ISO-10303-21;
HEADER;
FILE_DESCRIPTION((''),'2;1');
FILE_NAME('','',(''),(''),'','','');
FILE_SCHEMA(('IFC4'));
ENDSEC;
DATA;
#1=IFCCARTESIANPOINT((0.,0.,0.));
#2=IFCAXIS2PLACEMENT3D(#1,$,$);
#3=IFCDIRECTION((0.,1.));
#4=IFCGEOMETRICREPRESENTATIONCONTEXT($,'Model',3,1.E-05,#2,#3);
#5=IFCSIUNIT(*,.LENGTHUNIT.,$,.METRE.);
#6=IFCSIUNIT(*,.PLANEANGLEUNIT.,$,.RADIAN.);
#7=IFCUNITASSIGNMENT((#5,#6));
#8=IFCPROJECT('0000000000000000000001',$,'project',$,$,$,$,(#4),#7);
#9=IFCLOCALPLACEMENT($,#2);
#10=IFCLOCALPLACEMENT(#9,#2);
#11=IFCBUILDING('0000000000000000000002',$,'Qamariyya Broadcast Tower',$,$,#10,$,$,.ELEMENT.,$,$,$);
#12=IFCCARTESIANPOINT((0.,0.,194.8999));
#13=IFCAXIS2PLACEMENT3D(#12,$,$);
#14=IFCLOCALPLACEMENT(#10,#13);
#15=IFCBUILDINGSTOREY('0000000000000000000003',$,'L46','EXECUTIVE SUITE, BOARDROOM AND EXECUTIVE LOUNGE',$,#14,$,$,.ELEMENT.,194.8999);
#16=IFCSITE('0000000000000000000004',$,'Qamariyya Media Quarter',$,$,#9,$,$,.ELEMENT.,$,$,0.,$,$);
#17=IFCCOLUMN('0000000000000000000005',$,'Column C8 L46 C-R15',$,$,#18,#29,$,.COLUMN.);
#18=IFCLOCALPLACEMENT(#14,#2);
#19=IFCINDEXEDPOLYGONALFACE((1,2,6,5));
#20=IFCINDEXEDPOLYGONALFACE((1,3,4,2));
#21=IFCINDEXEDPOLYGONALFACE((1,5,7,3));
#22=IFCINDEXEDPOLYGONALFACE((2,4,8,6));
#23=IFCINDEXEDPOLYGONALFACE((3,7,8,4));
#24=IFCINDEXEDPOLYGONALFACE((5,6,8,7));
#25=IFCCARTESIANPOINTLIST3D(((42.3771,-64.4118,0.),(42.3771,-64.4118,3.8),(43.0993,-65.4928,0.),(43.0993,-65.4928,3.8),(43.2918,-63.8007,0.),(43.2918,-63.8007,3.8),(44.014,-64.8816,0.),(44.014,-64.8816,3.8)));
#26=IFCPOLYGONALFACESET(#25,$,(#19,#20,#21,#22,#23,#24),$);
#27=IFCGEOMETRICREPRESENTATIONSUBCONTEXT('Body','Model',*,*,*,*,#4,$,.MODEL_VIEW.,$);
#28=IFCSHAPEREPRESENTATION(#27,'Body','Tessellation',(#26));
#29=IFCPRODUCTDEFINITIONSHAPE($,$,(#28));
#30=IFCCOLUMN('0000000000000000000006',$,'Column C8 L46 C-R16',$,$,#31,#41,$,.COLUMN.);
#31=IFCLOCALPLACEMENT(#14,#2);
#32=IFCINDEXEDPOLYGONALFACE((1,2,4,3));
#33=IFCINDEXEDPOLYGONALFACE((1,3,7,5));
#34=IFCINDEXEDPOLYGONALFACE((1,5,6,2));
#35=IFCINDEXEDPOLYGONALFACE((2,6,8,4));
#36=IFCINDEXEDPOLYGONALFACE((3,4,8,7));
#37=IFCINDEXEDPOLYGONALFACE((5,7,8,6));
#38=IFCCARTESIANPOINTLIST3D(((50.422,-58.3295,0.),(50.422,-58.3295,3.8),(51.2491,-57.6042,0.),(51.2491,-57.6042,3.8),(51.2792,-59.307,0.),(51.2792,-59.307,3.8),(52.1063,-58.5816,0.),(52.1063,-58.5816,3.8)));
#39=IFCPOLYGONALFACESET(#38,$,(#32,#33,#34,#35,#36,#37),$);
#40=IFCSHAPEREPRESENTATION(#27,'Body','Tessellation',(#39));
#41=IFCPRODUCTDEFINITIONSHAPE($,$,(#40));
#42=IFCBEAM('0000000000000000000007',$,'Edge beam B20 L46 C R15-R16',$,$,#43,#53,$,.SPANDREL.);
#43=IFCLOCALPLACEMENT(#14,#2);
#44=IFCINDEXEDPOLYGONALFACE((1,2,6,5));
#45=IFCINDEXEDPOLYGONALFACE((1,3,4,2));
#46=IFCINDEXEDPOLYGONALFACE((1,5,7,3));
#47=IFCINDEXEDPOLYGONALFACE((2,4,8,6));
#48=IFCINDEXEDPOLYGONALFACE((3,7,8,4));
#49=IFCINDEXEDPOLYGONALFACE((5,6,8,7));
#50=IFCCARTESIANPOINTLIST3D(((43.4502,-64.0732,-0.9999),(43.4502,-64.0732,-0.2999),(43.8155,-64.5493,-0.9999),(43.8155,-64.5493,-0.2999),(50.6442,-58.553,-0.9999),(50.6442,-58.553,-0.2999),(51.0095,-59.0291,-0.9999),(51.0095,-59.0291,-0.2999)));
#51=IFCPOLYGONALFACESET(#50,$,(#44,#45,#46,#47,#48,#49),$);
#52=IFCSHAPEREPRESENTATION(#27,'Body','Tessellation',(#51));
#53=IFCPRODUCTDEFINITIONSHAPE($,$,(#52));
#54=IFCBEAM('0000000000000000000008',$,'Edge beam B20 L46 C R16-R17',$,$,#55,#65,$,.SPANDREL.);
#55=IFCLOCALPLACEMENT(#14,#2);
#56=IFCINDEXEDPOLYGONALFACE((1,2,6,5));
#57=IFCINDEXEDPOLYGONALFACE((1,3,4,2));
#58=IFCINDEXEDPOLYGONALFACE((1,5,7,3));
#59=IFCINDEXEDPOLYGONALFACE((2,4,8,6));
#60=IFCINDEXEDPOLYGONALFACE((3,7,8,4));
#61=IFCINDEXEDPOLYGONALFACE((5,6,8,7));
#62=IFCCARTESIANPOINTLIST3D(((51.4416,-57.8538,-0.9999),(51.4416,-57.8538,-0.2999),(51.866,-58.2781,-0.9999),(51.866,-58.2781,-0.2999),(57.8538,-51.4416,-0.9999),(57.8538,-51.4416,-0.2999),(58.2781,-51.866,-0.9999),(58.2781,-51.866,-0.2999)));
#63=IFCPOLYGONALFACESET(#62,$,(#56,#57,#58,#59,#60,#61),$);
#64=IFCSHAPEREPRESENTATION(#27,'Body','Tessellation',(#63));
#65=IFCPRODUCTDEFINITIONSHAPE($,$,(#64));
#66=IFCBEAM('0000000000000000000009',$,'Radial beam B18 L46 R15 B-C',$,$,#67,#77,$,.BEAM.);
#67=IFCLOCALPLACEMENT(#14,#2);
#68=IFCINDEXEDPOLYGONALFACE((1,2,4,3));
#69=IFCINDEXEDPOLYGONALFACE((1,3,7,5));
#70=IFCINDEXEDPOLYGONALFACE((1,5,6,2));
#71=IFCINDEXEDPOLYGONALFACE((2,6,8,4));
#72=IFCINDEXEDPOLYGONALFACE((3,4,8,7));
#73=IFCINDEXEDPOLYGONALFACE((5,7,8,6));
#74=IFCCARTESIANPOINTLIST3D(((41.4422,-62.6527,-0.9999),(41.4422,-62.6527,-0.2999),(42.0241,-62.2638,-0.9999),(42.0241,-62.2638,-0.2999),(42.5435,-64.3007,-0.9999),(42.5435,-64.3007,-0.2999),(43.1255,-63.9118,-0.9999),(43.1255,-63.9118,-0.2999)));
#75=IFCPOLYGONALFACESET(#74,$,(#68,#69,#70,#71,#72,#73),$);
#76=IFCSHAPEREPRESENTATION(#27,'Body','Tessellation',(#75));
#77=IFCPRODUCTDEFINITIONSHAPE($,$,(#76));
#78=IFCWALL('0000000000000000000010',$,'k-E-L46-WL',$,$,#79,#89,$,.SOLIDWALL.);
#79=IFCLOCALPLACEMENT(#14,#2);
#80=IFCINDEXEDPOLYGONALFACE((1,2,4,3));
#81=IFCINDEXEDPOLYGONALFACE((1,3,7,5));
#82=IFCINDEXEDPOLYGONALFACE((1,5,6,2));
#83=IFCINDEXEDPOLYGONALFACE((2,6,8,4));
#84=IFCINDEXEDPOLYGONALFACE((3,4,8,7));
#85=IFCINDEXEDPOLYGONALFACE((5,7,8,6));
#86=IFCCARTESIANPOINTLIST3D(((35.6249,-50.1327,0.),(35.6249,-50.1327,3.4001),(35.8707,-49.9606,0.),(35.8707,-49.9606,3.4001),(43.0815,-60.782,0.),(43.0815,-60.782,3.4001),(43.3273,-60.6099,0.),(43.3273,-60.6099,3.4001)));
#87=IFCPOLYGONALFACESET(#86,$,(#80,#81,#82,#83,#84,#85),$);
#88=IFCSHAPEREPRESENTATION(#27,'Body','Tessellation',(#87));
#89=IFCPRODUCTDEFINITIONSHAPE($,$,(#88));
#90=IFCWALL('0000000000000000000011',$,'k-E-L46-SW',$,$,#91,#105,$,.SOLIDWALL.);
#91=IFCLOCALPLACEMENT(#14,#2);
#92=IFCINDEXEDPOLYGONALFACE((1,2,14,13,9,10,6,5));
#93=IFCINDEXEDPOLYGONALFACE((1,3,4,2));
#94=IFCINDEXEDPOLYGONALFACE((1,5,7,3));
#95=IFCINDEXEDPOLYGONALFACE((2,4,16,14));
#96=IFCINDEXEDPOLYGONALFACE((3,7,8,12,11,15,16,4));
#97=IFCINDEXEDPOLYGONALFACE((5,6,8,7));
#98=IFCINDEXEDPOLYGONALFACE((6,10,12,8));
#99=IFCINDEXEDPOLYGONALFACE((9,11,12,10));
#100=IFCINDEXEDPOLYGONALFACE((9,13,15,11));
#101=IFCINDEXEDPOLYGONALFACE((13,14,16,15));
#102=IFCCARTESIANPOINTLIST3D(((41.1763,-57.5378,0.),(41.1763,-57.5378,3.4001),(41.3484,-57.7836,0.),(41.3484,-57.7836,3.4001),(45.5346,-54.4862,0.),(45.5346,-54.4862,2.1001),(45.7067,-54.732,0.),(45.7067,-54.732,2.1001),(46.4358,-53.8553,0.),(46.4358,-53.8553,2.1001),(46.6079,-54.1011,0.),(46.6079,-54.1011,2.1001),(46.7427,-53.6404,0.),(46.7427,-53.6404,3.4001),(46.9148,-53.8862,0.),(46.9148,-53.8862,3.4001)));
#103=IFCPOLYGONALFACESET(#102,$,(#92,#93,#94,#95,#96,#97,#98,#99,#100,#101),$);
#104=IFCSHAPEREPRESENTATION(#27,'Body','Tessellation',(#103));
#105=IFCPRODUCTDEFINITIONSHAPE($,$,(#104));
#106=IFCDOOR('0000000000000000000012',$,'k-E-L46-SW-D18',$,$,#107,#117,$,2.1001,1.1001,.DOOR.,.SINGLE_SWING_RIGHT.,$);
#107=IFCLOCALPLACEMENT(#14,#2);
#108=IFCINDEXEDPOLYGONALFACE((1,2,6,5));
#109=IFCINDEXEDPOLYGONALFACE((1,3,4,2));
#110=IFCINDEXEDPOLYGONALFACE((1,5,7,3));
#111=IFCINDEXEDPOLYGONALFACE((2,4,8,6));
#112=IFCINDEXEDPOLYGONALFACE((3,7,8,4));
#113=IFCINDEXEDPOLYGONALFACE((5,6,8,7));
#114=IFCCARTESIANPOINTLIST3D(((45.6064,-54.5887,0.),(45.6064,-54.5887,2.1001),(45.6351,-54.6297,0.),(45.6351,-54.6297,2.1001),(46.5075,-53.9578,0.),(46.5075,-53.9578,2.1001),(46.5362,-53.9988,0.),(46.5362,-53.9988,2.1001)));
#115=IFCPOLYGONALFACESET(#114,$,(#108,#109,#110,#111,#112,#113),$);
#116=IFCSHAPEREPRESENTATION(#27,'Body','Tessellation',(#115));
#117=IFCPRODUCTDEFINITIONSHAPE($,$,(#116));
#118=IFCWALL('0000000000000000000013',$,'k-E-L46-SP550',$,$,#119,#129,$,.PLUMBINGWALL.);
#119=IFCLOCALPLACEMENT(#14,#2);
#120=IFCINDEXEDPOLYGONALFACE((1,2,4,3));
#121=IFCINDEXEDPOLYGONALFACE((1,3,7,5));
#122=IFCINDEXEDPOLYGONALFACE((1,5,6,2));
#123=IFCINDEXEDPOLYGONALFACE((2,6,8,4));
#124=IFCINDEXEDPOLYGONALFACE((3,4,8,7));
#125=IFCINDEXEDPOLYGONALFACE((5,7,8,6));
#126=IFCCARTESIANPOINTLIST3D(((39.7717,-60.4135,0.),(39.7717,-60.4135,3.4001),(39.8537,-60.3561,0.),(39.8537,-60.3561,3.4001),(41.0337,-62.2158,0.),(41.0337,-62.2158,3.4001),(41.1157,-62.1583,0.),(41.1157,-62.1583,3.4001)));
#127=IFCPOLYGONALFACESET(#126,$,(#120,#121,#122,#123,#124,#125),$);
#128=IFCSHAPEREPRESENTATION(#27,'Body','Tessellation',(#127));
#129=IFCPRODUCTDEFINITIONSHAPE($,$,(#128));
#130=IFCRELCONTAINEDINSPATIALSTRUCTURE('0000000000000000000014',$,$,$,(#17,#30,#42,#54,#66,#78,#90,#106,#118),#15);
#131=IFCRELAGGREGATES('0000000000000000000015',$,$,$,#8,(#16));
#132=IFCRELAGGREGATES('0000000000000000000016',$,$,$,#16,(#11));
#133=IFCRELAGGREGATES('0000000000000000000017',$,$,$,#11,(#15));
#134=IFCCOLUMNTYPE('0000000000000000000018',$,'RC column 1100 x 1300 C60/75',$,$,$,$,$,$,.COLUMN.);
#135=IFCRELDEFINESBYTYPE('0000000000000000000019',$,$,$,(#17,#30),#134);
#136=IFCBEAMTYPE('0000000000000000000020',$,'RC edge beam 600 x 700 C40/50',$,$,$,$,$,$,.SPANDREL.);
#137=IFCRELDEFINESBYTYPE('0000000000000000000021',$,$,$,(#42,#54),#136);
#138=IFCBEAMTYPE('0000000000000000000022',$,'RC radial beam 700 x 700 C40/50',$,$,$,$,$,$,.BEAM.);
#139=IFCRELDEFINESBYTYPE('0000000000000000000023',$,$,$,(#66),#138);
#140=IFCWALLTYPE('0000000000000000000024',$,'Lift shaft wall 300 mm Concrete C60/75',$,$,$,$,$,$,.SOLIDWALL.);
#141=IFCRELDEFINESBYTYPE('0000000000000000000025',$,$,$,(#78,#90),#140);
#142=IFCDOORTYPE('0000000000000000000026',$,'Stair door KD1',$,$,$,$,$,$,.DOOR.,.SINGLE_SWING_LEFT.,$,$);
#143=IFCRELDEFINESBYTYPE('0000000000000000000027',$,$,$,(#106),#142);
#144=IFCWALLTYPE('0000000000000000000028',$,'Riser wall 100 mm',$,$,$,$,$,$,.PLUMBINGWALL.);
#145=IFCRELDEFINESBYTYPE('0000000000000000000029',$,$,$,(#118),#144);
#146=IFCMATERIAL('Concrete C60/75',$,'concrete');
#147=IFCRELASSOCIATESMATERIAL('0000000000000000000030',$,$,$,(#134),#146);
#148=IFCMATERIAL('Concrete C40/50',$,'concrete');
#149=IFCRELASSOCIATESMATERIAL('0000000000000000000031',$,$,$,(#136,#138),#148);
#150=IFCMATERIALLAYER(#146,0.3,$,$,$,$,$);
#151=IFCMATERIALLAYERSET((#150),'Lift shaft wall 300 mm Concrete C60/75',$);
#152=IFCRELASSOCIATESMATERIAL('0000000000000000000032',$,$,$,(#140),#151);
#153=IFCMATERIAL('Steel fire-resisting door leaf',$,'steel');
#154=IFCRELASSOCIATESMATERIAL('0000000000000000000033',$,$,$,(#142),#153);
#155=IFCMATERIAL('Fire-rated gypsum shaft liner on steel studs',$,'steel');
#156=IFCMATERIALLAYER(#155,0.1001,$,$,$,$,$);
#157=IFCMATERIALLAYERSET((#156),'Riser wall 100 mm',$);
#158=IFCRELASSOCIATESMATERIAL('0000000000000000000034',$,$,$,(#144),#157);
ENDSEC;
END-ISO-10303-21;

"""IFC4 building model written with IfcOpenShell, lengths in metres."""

from ifc_helpers import new_model, si_unit, direction, frame, frame_2d, origin, origin_2d, place, context, subcontext, project, spatial, rectangle, extrude, material, layer, layer_set, material_profile, profile_set, type_object, element, fill, save


model = new_model("IFC4")

# Units and contexts
model_context = context("Model", 3, precision=1e-05, world=origin(), true_north=direction((0.0, 1.0)))
body_context = subcontext(model_context, "Body", "Model", "MODEL_VIEW")
ifc_project = project(units=[si_unit("LENGTHUNIT", "METRE"), si_unit("PLANEANGLEUNIT", "RADIAN")], contexts=[model_context])

# Site, building, storey
site_placement = place(None, origin())
site = spatial("IfcSite", under=ifc_project, at=site_placement, Name="Qamariyya Media Quarter", CompositionType="ELEMENT", RefElevation=0.0)
building_placement = place(site_placement, origin())
building = spatial("IfcBuilding", under=site, at=building_placement, Name="Qamariyya Broadcast Tower", CompositionType="ELEMENT")
storey_placement = place(building_placement, frame((0.0, 0.0, 194.8999)))
storey = spatial("IfcBuildingStorey", under=building, at=storey_placement, Name="L46", Description="EXECUTIVE SUITE, BOARDROOM AND EXECUTIVE LOUNGE", CompositionType="ELEMENT", Elevation=194.8999)

# Columns
ifc_material_1 = material(Name="Concrete C60/75", Category="concrete")
ifc_material_profile_1 = material_profile(ifc_material_1, rectangle(XDim=1.1001, YDim=1.3, at=origin_2d()))
ifc_profile_set_1 = profile_set([ifc_material_profile_1], Name="Concrete C60/75")
column_type = type_object("IfcColumnType", Name="RC column 1100 x 1300 C60/75", PredefinedType="COLUMN", material=ifc_profile_set_1)
for number, where, z_axis, x_axis, name in (
    (1, (43.1956, -64.6467, 0.0), (0.0, 0.0, 1.0), (0.83147, 0.55557, 0.0), "Column C8 L46 C-R15"),
    (2, (51.2642, -58.4556, 0.0), (0.0, 0.0, 1.0), (0.75184, 0.659346, 0.0), "Column C8 L46 C-R16"),
):
    element("IfcColumn", number, at=place(storey_placement, frame(where, z_axis=z_axis, x_axis=x_axis)), inside=storey, type_object=column_type, Name=name, PredefinedType="COLUMN", context=body_context, shape_type="SweptSolid", body=[
        extrude(rectangle(XDim=1.1001, YDim=1.3, at=origin_2d()), origin(), (0.0, 0.0, 1.0), 3.8),
    ])

# Beams
ifc_material_2 = material(Name="Concrete C40/50", Category="concrete")
ifc_material_profile_2 = material_profile(ifc_material_2, rectangle(XDim=0.6001, YDim=0.7, at=origin_2d()))
ifc_profile_set_2 = profile_set([ifc_material_profile_2], Name="Concrete C40/50")
beam_type_1 = type_object("IfcBeamType", Name="RC edge beam 600 x 700 C40/50", PredefinedType="SPANDREL", material=ifc_profile_set_2)
beam_1_placement = place(storey_placement, frame((43.6328, -64.3113, -0.6499), z_axis=(0.793351, 0.608764, 0.0), x_axis=(-0.608764, 0.793351, 0.0)))
element("IfcBeam", 3, at=beam_1_placement, inside=storey, type_object=beam_type_1, Name="Edge beam B20 L46 C R15-R16", PredefinedType="SPANDREL", context=body_context, shape_type="SweptSolid", body=[
    extrude(rectangle(XDim=0.6001, YDim=0.7, at=origin_2d()), origin(), (0.0, 0.0, 1.0), 9.0679),
])
beam_2_placement = place(storey_placement, frame((51.6538, -58.0659, -0.6499), z_axis=(0.707107, 0.707107, 0.0), x_axis=(-0.707107, 0.707107, 0.0)))
element("IfcBeam", 4, at=beam_2_placement, inside=storey, type_object=beam_type_1, Name="Edge beam B20 L46 C R16-R17", PredefinedType="SPANDREL", context=body_context, shape_type="SweptSolid", body=[
    extrude(rectangle(XDim=0.6001, YDim=0.7, at=origin_2d()), origin(), (0.0, 0.0, 1.0), 9.0681),
])
ifc_material_profile_3 = material_profile(ifc_material_2, rectangle(XDim=0.7, YDim=0.7, at=origin_2d()))
ifc_profile_set_3 = profile_set([ifc_material_profile_3], Name="Concrete C40/50")
beam_type_2 = type_object("IfcBeamType", Name="RC radial beam 700 x 700 C40/50", PredefinedType="BEAM", material=ifc_profile_set_3)
beam_3_placement = place(storey_placement, frame((41.7332, -62.4583, -0.6499), z_axis=(0.555638, -0.831424, 0.0), x_axis=(0.831424, 0.555638, 0.0)))
element("IfcBeam", 5, at=beam_3_placement, inside=storey, type_object=beam_type_2, Name="Radial beam B18 L46 R15 B-C", PredefinedType="BEAM", context=body_context, shape_type="SweptSolid", body=[
    extrude(rectangle(XDim=0.7, YDim=0.7, at=origin_2d()), origin(), (0.0, 0.0, 1.0), 1.9822),
])

# Wall
ifc_layer_1 = layer(ifc_material_1, 0.3)
ifc_layer_set_1 = layer_set([ifc_layer_1], Name="Lift shaft wall 300 mm Concrete C60/75")
wall_type_1 = type_object("IfcWallType", Name="Lift shaft wall 300 mm Concrete C60/75", PredefinedType="SOLIDWALL", material=ifc_layer_set_1)
wall_1_placement = place(storey_placement, frame((43.2043, -60.6958, 0.0), z_axis=(0.0, 0.0, 1.0), x_axis=(-0.573572, 0.819155, 0.0)))
element("IfcWall", 6, at=wall_1_placement, inside=storey, type_object=wall_type_1, Name="k-E-L46-WL", PredefinedType="SOLIDWALL", context=body_context, shape_type="SweptSolid", body=[
    extrude(rectangle(XDim=13.0002, YDim=0.3, at=frame_2d((6.5, 0.0))), origin(), (0.0, 0.0, 1.0), 3.4001),
])

# Wall, opening, door
wall_2_placement = place(storey_placement, frame((41.2625, -57.6606, 0.0), z_axis=(0.0, 0.0, 1.0), x_axis=(0.819164, 0.573559, 0.0)))
wall_2 = element("IfcWall", 7, at=wall_2_placement, inside=storey, type_object=wall_type_1, Name="k-E-L46-SW", PredefinedType="SOLIDWALL", context=body_context, shape_type="SweptSolid", body=[
    extrude(rectangle(XDim=6.7952, YDim=0.3, at=frame_2d((3.3975, 0.0))), origin(), (0.0, 0.0, 1.0), 3.4001),
])
opening_placement = place(wall_2_placement, frame((5.3203, 0.0, 0.0)))
opening = element("IfcOpeningElement", 8, at=opening_placement, cuts=wall_2, PredefinedType="OPENING", context=body_context, shape_type="SweptSolid", body=[
    extrude(rectangle(XDim=1.1001, YDim=2.1001, at=frame_2d((0.55, 1.05))), frame((0.0, 0.1599, 0.0), z_axis=(0.0, -1.0, 0.0), x_axis=(1.0, 0.0, 0.0)), (0.0, 0.0, 1.0), 0.3201),
])
ifc_material_3 = material(Name="Steel fire-resisting door leaf", Category="steel")
door_type = type_object("IfcDoorType", Name="Stair door KD1", OperationType="SINGLE_SWING_LEFT", PredefinedType="DOOR", material=ifc_material_3)
door_placement = place(opening_placement, origin())
door = element("IfcDoor", 9, at=door_placement, inside=storey, type_object=door_type, Name="k-E-L46-SW-D18", OperationType="SINGLE_SWING_RIGHT", OverallHeight=2.1001, OverallWidth=1.1001, PredefinedType="DOOR", context=body_context, shape_type="SweptSolid", body=[
    extrude(rectangle(XDim=1.1001, YDim=2.1001, at=frame_2d((0.55, 1.05))), frame((0.0, 0.0249, 0.0), z_axis=(0.0, -1.0, 0.0), x_axis=(1.0, 0.0, 0.0)), (0.0, 0.0, 1.0), 0.05),
])
fill(opening, door)

# Wall
ifc_material_4 = material(Name="Fire-rated gypsum shaft liner on steel studs", Category="steel")
ifc_layer_2 = layer(ifc_material_4, 0.1001)
ifc_layer_set_2 = layer_set([ifc_layer_2], Name="Riser wall 100 mm")
wall_type_2 = type_object("IfcWallType", Name="Riser wall 100 mm", PredefinedType="PLUMBINGWALL", material=ifc_layer_set_2)
wall_3_placement = place(storey_placement, frame((39.8127, -60.3848, 0.0), z_axis=(0.0, 0.0, 1.0), x_axis=(0.573581, -0.819149, 0.0)))
element("IfcWall", 10, at=wall_3_placement, inside=storey, type_object=wall_type_2, Name="k-E-L46-SP550", PredefinedType="PLUMBINGWALL", context=body_context, shape_type="SweptSolid", body=[
    extrude(rectangle(XDim=2.2002, YDim=0.1001, at=frame_2d((1.1001, 0.0))), origin(), (0.0, 0.0, 1.0), 3.4001),
])

save(model, "model.ifc")
